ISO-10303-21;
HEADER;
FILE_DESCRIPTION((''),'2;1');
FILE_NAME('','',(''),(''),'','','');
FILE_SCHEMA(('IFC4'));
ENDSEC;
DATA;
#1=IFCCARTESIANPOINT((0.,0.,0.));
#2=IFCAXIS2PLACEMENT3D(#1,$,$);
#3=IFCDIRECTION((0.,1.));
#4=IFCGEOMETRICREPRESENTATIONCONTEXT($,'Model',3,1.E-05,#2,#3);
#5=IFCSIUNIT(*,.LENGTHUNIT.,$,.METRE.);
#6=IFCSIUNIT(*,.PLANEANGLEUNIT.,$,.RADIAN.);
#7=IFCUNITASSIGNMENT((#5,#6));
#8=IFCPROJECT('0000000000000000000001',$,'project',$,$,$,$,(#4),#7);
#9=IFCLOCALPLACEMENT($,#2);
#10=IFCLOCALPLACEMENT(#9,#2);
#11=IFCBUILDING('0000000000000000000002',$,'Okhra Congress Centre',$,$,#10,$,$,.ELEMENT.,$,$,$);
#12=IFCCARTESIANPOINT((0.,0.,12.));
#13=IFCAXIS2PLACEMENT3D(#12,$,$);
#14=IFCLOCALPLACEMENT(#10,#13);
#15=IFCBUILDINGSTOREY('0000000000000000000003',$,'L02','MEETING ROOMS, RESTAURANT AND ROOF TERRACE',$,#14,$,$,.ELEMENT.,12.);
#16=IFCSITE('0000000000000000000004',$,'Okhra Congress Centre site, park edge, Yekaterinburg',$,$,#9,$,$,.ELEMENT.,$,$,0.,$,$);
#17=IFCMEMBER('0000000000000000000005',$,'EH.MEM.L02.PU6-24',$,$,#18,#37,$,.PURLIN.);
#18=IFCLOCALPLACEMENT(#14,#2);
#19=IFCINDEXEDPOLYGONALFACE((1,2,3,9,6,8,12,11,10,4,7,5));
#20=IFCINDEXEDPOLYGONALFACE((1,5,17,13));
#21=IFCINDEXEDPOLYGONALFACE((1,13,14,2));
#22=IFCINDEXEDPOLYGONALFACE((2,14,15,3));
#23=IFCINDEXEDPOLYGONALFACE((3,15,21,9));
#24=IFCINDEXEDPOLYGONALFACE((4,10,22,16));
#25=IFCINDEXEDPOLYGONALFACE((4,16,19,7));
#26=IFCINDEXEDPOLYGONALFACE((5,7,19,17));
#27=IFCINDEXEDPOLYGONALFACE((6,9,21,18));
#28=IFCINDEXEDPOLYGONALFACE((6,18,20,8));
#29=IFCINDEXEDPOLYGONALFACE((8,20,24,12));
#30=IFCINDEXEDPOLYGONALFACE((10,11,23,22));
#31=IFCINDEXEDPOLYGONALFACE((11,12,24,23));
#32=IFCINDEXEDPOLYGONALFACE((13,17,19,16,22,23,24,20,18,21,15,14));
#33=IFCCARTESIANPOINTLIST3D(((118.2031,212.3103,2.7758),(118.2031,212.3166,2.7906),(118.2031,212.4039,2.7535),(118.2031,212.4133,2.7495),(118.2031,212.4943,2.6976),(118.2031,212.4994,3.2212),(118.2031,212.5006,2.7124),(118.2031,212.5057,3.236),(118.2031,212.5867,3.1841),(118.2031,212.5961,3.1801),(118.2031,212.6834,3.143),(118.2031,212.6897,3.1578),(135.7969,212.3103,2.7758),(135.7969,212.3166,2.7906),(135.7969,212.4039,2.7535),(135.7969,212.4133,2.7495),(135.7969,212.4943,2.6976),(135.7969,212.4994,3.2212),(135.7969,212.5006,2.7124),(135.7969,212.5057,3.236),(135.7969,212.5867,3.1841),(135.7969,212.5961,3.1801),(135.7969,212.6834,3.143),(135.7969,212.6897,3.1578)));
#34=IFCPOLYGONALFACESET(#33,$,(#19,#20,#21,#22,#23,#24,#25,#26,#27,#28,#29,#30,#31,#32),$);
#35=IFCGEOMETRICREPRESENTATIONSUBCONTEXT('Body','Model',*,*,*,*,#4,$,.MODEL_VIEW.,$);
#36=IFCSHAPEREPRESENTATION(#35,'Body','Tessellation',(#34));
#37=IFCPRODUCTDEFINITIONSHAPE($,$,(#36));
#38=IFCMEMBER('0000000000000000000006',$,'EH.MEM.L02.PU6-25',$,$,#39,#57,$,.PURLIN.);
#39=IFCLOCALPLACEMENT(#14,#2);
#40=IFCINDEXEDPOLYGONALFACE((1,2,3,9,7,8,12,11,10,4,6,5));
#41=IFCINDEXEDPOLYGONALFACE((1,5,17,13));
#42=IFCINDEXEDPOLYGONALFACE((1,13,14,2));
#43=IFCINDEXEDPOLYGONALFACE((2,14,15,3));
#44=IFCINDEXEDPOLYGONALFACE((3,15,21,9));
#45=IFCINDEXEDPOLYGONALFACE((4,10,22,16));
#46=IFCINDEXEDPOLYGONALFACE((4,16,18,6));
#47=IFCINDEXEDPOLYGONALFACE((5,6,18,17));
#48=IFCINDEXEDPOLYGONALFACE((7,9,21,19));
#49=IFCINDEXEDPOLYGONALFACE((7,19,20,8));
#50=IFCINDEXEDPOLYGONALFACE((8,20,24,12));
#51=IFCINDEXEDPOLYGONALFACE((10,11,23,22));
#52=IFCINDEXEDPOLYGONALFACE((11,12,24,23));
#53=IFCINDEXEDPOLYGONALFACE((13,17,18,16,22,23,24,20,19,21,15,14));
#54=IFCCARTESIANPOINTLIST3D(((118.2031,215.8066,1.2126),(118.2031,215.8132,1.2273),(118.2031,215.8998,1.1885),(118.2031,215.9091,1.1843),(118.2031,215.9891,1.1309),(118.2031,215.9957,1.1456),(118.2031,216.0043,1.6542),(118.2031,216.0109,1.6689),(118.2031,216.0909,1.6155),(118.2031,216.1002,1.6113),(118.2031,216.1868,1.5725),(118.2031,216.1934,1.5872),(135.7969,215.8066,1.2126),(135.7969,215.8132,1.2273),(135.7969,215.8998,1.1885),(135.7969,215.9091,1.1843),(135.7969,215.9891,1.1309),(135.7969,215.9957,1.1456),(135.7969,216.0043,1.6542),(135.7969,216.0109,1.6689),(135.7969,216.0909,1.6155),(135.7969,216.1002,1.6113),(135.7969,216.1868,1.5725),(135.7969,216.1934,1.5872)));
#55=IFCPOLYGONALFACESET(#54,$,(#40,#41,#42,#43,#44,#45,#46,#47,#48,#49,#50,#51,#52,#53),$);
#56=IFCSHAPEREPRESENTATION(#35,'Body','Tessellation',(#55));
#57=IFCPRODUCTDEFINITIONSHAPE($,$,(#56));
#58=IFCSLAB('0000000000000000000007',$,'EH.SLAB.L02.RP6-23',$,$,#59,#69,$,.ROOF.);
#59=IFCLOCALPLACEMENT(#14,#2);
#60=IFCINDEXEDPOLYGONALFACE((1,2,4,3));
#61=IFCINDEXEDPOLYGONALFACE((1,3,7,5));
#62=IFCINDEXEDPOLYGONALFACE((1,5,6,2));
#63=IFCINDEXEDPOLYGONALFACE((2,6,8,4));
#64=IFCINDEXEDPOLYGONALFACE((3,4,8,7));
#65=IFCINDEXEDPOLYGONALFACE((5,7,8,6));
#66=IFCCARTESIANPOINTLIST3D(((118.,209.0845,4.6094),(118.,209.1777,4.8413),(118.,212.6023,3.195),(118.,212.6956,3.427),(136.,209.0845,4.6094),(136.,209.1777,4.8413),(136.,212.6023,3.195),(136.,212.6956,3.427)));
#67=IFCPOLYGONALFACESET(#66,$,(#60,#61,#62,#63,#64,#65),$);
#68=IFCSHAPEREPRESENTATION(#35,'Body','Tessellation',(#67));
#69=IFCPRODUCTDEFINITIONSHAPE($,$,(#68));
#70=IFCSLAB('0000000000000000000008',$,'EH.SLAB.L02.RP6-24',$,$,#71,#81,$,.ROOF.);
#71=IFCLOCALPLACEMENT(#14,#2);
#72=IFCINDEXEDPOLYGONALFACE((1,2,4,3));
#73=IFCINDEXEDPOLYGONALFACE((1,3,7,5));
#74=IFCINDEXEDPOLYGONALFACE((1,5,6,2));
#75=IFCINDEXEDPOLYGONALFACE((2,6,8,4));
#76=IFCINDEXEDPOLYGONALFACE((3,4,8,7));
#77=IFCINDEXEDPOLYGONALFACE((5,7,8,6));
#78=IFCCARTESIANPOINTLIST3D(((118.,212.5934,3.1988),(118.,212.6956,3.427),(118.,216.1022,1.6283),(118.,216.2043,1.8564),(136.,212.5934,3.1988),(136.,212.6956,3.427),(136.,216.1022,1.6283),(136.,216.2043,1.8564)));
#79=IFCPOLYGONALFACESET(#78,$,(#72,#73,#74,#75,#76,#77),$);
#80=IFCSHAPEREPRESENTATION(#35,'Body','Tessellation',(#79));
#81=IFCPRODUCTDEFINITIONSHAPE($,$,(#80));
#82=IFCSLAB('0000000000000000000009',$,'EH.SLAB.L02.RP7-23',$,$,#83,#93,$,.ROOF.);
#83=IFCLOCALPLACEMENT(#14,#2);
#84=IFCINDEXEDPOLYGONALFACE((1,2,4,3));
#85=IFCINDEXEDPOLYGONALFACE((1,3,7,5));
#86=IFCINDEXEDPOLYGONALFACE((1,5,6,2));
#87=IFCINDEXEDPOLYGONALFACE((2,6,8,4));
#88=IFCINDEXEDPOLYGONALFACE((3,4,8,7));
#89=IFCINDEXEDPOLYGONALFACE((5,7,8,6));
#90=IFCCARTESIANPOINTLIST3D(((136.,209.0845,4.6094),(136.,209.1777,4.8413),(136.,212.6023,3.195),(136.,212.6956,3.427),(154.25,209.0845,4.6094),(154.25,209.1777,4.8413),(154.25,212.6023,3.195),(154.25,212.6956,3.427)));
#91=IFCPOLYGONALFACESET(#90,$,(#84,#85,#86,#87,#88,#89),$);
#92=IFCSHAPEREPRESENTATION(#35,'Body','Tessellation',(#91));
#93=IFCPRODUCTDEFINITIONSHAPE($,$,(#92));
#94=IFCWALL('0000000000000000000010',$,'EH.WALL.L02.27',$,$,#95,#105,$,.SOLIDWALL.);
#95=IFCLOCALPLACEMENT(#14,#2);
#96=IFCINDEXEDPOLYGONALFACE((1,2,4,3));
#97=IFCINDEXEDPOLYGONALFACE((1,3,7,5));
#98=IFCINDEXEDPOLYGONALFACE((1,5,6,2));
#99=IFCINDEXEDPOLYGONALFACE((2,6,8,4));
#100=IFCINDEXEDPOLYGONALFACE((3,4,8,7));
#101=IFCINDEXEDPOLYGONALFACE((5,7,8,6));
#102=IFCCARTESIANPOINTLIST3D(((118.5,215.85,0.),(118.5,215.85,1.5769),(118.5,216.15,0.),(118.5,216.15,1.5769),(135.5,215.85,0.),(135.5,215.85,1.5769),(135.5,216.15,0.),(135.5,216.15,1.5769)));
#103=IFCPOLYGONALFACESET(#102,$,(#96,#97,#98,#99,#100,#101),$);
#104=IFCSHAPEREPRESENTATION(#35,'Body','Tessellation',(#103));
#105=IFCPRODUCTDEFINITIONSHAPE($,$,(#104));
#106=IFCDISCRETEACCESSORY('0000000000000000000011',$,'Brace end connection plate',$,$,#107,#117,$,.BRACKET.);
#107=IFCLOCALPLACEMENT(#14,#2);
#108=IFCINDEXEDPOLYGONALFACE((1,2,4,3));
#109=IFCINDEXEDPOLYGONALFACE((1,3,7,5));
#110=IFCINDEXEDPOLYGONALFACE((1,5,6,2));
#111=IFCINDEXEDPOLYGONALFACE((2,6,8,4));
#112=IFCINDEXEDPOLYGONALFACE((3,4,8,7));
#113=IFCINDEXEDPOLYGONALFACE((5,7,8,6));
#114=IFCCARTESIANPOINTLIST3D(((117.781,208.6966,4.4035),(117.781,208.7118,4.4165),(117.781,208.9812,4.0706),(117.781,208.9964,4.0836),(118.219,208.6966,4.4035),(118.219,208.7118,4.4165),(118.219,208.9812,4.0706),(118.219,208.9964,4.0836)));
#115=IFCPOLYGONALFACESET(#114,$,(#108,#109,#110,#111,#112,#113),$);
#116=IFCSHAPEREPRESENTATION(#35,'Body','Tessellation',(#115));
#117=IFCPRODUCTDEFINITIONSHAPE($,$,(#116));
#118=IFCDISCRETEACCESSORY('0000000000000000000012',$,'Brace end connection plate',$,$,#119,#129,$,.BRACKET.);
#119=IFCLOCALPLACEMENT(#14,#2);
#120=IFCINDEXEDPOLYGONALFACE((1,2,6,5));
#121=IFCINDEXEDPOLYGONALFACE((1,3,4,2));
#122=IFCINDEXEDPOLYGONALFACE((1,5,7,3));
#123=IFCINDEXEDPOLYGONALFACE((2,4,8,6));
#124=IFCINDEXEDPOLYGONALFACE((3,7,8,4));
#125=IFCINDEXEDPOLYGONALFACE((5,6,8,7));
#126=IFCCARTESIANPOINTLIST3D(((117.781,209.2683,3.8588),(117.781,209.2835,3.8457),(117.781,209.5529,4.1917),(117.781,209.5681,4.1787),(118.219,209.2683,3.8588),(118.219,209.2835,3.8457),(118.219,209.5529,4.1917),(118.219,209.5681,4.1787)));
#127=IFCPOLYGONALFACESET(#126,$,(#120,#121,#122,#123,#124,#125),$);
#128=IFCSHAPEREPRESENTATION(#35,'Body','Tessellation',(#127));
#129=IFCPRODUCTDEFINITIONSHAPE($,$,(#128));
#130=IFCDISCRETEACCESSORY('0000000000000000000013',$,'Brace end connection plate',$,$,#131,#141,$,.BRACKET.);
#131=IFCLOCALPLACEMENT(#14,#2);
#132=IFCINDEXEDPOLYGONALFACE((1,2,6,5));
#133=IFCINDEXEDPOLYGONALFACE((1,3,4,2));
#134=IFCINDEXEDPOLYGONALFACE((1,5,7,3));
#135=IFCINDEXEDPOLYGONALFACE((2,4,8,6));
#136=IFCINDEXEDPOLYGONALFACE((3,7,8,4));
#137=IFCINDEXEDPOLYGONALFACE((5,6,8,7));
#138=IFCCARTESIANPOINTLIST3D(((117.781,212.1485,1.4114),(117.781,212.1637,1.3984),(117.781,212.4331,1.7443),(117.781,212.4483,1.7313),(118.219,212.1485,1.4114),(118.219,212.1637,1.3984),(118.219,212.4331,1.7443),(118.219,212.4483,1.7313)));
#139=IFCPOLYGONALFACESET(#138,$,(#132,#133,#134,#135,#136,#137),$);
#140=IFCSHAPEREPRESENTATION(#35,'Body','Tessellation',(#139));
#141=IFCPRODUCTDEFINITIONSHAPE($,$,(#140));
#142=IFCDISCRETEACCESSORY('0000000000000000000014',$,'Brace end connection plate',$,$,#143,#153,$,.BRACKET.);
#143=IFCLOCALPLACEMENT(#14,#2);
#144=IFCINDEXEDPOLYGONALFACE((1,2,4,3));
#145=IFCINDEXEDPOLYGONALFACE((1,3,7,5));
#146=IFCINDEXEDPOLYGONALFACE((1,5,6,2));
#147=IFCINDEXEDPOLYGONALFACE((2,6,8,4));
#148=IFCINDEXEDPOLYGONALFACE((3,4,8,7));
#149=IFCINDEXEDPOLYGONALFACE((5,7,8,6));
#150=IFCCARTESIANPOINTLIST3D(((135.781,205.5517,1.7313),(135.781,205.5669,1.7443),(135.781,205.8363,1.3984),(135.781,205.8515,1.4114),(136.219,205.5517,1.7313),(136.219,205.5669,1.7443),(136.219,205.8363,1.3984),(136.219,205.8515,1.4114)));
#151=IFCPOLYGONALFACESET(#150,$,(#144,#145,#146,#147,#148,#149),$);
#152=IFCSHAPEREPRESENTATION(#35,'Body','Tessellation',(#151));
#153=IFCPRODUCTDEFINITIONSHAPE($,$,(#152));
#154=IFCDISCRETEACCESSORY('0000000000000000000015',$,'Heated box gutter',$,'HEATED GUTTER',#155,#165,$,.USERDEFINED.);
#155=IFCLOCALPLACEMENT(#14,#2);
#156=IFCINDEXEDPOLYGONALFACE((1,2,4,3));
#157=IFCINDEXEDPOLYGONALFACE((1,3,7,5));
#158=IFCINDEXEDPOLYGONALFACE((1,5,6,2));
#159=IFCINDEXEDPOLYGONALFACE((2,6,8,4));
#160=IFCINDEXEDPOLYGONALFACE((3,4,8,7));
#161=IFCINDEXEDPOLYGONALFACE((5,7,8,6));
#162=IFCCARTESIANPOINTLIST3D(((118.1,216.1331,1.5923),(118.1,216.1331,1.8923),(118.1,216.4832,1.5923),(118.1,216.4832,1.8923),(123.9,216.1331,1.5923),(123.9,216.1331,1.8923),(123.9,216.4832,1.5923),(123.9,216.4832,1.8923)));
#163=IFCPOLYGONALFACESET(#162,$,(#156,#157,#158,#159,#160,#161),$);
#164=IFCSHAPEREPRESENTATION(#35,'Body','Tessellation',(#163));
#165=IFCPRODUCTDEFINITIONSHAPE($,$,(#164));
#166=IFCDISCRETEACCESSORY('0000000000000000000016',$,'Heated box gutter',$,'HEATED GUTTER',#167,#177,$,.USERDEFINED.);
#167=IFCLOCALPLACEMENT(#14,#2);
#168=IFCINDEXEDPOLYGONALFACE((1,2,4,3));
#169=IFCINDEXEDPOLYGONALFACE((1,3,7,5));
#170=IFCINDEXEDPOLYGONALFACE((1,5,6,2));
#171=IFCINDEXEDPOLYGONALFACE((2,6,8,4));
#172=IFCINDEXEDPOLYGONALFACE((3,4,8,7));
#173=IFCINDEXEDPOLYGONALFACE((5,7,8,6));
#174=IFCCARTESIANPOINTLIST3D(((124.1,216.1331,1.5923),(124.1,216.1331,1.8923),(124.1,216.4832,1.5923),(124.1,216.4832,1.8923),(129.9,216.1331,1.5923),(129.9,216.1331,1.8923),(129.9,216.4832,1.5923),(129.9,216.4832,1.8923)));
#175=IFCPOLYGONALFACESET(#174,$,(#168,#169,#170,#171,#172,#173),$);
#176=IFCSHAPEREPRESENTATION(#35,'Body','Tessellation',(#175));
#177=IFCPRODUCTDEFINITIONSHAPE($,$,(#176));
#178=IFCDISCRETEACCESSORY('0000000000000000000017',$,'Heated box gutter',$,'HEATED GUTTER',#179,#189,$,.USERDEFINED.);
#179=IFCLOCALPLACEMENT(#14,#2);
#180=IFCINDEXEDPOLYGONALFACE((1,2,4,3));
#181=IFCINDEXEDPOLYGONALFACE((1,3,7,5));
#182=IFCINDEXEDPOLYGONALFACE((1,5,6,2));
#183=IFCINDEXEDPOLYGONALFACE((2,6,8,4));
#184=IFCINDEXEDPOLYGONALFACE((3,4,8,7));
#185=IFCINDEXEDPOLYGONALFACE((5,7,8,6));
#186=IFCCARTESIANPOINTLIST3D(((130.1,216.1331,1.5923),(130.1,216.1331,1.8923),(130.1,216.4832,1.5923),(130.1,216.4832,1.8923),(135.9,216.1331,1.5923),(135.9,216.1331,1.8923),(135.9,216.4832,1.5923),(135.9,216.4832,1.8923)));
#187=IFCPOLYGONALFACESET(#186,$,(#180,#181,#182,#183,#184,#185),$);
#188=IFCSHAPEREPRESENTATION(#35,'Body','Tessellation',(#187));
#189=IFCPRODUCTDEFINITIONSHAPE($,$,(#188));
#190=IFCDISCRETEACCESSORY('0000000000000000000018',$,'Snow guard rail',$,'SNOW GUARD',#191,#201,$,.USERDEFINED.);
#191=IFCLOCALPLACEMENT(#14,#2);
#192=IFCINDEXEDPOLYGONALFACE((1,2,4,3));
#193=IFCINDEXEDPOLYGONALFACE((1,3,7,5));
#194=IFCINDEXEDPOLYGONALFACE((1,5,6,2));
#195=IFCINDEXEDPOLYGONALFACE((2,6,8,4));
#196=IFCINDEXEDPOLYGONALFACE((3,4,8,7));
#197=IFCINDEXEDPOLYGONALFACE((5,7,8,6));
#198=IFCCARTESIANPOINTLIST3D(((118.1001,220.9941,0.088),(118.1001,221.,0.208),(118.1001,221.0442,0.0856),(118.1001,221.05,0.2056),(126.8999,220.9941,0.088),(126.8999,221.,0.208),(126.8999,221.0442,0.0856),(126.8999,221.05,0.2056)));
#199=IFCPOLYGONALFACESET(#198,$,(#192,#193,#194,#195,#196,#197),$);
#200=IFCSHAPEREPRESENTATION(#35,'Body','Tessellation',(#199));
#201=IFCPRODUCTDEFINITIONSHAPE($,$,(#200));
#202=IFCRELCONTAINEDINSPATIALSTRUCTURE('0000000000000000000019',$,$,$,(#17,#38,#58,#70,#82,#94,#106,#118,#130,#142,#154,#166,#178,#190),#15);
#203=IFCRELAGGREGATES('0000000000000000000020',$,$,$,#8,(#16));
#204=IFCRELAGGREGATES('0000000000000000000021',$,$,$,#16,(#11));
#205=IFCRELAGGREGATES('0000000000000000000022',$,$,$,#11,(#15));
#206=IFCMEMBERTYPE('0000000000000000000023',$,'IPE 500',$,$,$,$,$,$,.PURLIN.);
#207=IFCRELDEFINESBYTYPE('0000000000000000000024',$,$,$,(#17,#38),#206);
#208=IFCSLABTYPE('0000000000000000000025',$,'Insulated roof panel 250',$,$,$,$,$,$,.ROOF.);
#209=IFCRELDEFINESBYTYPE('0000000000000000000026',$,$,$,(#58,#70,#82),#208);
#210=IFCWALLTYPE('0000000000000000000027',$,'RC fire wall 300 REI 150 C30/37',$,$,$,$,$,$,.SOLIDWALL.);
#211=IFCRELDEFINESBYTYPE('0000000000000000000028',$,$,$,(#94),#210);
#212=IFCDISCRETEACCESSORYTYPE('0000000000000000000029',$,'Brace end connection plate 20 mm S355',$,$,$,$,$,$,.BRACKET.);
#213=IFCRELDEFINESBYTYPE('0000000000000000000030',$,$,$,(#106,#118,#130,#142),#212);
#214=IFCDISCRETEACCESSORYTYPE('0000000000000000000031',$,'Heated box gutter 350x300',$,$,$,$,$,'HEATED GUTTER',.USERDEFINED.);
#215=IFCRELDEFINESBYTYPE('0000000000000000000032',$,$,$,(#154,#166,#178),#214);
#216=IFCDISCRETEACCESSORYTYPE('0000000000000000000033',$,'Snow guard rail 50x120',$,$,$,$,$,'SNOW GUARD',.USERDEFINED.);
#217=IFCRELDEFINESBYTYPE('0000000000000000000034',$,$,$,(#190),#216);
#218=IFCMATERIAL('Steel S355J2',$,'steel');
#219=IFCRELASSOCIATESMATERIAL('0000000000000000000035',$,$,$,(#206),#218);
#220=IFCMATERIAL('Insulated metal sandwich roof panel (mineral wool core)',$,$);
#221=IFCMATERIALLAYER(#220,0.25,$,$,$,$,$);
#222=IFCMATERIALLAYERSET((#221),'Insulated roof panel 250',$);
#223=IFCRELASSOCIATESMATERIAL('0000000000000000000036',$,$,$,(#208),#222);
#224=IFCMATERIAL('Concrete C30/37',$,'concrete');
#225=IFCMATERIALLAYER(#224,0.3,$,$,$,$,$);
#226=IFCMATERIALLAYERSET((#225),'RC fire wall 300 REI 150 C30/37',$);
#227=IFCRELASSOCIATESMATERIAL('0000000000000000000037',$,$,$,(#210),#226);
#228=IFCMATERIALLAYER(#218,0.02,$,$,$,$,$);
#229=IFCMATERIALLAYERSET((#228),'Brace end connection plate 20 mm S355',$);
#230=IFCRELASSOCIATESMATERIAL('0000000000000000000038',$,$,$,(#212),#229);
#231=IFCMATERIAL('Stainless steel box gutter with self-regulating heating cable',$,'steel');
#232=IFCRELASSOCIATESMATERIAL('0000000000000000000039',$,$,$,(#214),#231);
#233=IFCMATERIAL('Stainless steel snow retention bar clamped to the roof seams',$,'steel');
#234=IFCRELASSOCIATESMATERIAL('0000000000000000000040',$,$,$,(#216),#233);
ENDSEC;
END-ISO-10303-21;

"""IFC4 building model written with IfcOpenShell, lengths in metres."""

from ifc_helpers import new_model, si_unit, direction, frame, frame_2d, origin, origin_2d, place, context, subcontext, project, spatial, polyline, rectangle, i_section, outline, extrude, material, layer, layer_set, material_profile, profile_set, type_object, element, save


model = new_model("IFC4")

# Units and contexts
model_context = context("Model", 3, precision=1e-05, world=origin(), true_north=direction((0.0, 1.0)))
body_context = subcontext(model_context, "Body", "Model", "MODEL_VIEW")
ifc_project = project(units=[si_unit("LENGTHUNIT", "METRE"), si_unit("PLANEANGLEUNIT", "RADIAN")], contexts=[model_context])

# Site, building, storey
site_placement = place(None, origin())
site = spatial("IfcSite", under=ifc_project, at=site_placement, Name="Okhra Congress Centre site, park edge, Yekaterinburg", CompositionType="ELEMENT", RefElevation=0.0)
building_placement = place(site_placement, origin())
building = spatial("IfcBuilding", under=site, at=building_placement, Name="Okhra Congress Centre", CompositionType="ELEMENT")
storey_placement = place(building_placement, frame((0.0, 0.0, 12.0)))
storey = spatial("IfcBuildingStorey", under=building, at=storey_placement, Name="L02", Description="MEETING ROOMS, RESTAURANT AND ROOF TERRACE", CompositionType="ELEMENT", Elevation=12.0)

# Members
ifc_material_1 = material(Name="Steel S355J2", Category="steel")
ifc_material_profile_1 = material_profile(ifc_material_1, i_section(OverallWidth=0.2, OverallDepth=0.5, WebThickness=0.0103, FlangeThickness=0.0161, at=origin_2d()), Name="IPE 500")
ifc_profile_set_1 = profile_set([ifc_material_profile_1], Name="Steel S355J2")
member_type_1 = type_object("IfcMemberType", Name="IPE 500", PredefinedType="PURLIN", material=ifc_profile_set_1)
for number, where, z_axis, x_axis, name in (
    (1, (118.2031, 212.5, 2.9668), (1.0, 0.0, 0.0), (0.0, 0.920437, -0.39089), "EH.MEM.L02.PU6-24"),
    (2, (118.2031, 216.0, 1.3999), (1.0, 0.0, 0.0), (0.0, 0.912721, -0.408583), "EH.MEM.L02.PU6-25"),
):
    element("IfcMember", number, at=place(storey_placement, frame(where, z_axis=z_axis, x_axis=x_axis)), inside=storey, type_object=member_type_1, Name=name, PredefinedType="PURLIN", context=body_context, shape_type="SweptSolid", body=[
        extrude(i_section(OverallWidth=0.2, OverallDepth=0.5, WebThickness=0.0103, FlangeThickness=0.0161, at=origin_2d()), origin(), (0.0, 0.0, 1.0), 17.5938),
    ])

# Slabs
ifc_material_2 = material(Name="Insulated metal sandwich roof panel (mineral wool core)")
ifc_layer_1 = layer(ifc_material_2, 0.25)
ifc_layer_set_1 = layer_set([ifc_layer_1], Name="Insulated roof panel 250")
slab_type = type_object("IfcSlabType", Name="Insulated roof panel 250", PredefinedType="ROOF", material=ifc_layer_set_1)
slab_1_placement = place(storey_placement, frame((118.0, 209.1777, 4.8413), z_axis=(0.0, 0.373022, 0.927822), x_axis=(1.0, 0.0, 0.0)))
element("IfcSlab", 3, at=slab_1_placement, inside=storey, type_object=slab_type, Name="EH.SLAB.L02.RP6-23", PredefinedType="ROOF", context=body_context, shape_type="SweptSolid", body=[
    extrude(outline(polyline([(0.0, 0.0), (18.0, 0.0), (18.0, 3.7915), (0.0, 3.7915), (0.0, 0.0)])), origin(), (0.0, 0.0, -1.0), 0.25),
])
slab_2_placement = place(storey_placement, frame((118.0, 212.6956, 3.427), z_axis=(0.0, 0.408547, 0.912737), x_axis=(1.0, 0.0, 0.0)))
element("IfcSlab", 4, at=slab_2_placement, inside=storey, type_object=slab_type, Name="EH.SLAB.L02.RP6-24", PredefinedType="ROOF", context=body_context, shape_type="SweptSolid", body=[
    extrude(outline(polyline([(0.0, 0.0), (18.0, 0.0), (18.0, 3.8442), (0.0, 3.8442), (0.0, 0.0)])), origin(), (0.0, 0.0, -1.0), 0.25),
])
slab_3_placement = place(storey_placement, frame((136.0, 209.1777, 4.8413), z_axis=(0.0, 0.373022, 0.927822), x_axis=(1.0, 0.0, 0.0)))
element("IfcSlab", 5, at=slab_3_placement, inside=storey, type_object=slab_type, Name="EH.SLAB.L02.RP7-23", PredefinedType="ROOF", context=body_context, shape_type="SweptSolid", body=[
    extrude(outline(polyline([(0.0, 0.0), (18.25, 0.0), (18.25, 3.7915), (0.0, 3.7915), (0.0, 0.0)])), origin(), (0.0, 0.0, -1.0), 0.25),
])

# Wall
ifc_material_3 = material(Name="Concrete C30/37", Category="concrete")
ifc_layer_2 = layer(ifc_material_3, 0.3)
ifc_layer_set_2 = layer_set([ifc_layer_2], Name="RC fire wall 300 REI 150 C30/37")
wall_type = type_object("IfcWallType", Name="RC fire wall 300 REI 150 C30/37", PredefinedType="SOLIDWALL", material=ifc_layer_set_2)
wall_placement = place(storey_placement, frame((118.5, 216.0, 0.0), z_axis=(0.0, 0.0, 1.0), x_axis=(1.0, 0.0, 0.0)))
element("IfcWall", 6, at=wall_placement, inside=storey, type_object=wall_type, Name="EH.WALL.L02.27", PredefinedType="SOLIDWALL", context=body_context, shape_type="SweptSolid", body=[
    extrude(rectangle(XDim=17.0, YDim=0.3, at=frame_2d((8.5, 0.0))), origin(), (0.0, 0.0, 1.0), 1.5769),
])

# Discrete accessories
ifc_layer_3 = layer(ifc_material_1, 0.02)
ifc_layer_set_3 = layer_set([ifc_layer_3], Name="Brace end connection plate 20 mm S355")
discrete_accessory_type_1 = type_object("IfcDiscreteAccessoryType", Name="Brace end connection plate 20 mm S355", PredefinedType="BRACKET", material=ifc_layer_set_3)
for number, where, z_axis, x_axis, name in (
    (7, (118.0, 208.8389, 4.2371), (0.0, 0.760121, 0.649781), (-1.0, 0.0, 0.0), "Brace end connection plate"),
    (8, (118.0, 209.4258, 4.0122), (0.0, -0.760121, 0.649781), (1.0, 0.0, 0.0), "Brace end connection plate"),
    (9, (118.0, 212.2908, 1.5779), (0.0, 0.760121, -0.649781), (-1.0, 0.0, 0.0), "Brace end connection plate"),
    (10, (136.0, 205.7092, 1.5779), (0.0, -0.760121, -0.649781), (1.0, 0.0, 0.0), "Brace end connection plate"),
):
    element("IfcDiscreteAccessory", number, at=place(storey_placement, frame(where, z_axis=z_axis, x_axis=x_axis)), inside=storey, type_object=discrete_accessory_type_1, Name=name, PredefinedType="BRACKET", context=body_context, shape_type="SweptSolid", body=[
        extrude(rectangle(XDim=0.438, YDim=0.438, at=origin_2d()), origin(), (0.0, 0.0, 1.0), 0.02),
    ])
ifc_material_4 = material(Name="Stainless steel box gutter with self-regulating heating cable", Category="steel")
discrete_accessory_type_2 = type_object("IfcDiscreteAccessoryType", Name="Heated box gutter 350x300", ElementType="HEATED GUTTER", PredefinedType="USERDEFINED", material=ifc_material_4)
for number, where, z_axis, x_axis, name in (
    (11, (121.0, 216.3081, 1.5923), (0.0, 0.0, 1.0), (1.0, 0.0, 0.0), "Heated box gutter"),
    (12, (127.0, 216.3081, 1.5923), (0.0, 0.0, 1.0), (1.0, 0.0, 0.0), "Heated box gutter"),
    (13, (133.0, 216.3081, 1.5923), (0.0, 0.0, 1.0), (1.0, 0.0, 0.0), "Heated box gutter"),
):
    element("IfcDiscreteAccessory", number, at=place(storey_placement, frame(where, z_axis=z_axis, x_axis=x_axis)), inside=storey, type_object=discrete_accessory_type_2, Name=name, ObjectType="HEATED GUTTER", PredefinedType="USERDEFINED", context=body_context, shape_type="SweptSolid", body=[
        extrude(rectangle(XDim=5.8, YDim=0.3501, at=origin_2d()), origin(), (0.0, 0.0, 1.0), 0.3),
    ])
ifc_material_5 = material(Name="Stainless steel snow retention bar clamped to the roof seams", Category="steel")
discrete_accessory_type_3 = type_object("IfcDiscreteAccessoryType", Name="Snow guard rail 50x120", ElementType="SNOW GUARD", PredefinedType="USERDEFINED", material=ifc_material_5)
for number, where, z_axis, x_axis, name in (
    (14, (118.1001, 221.0, 0.208), (0.0, 0.048723, 0.998812), (1.0, 0.0, 0.0), "Snow guard rail"),
):
    element("IfcDiscreteAccessory", number, at=place(storey_placement, frame(where, z_axis=z_axis, x_axis=x_axis)), inside=storey, type_object=discrete_accessory_type_3, Name=name, ObjectType="SNOW GUARD", PredefinedType="USERDEFINED", context=body_context, shape_type="SweptSolid", body=[
        extrude(outline(polyline([(0.0, 0.0), (8.7998, 0.0), (8.7998, 0.0501), (0.0, 0.0501), (0.0, 0.0)])), origin(), (0.0, 0.0, -1.0), 0.1201),
    ])

save(model, "model.ifc")
